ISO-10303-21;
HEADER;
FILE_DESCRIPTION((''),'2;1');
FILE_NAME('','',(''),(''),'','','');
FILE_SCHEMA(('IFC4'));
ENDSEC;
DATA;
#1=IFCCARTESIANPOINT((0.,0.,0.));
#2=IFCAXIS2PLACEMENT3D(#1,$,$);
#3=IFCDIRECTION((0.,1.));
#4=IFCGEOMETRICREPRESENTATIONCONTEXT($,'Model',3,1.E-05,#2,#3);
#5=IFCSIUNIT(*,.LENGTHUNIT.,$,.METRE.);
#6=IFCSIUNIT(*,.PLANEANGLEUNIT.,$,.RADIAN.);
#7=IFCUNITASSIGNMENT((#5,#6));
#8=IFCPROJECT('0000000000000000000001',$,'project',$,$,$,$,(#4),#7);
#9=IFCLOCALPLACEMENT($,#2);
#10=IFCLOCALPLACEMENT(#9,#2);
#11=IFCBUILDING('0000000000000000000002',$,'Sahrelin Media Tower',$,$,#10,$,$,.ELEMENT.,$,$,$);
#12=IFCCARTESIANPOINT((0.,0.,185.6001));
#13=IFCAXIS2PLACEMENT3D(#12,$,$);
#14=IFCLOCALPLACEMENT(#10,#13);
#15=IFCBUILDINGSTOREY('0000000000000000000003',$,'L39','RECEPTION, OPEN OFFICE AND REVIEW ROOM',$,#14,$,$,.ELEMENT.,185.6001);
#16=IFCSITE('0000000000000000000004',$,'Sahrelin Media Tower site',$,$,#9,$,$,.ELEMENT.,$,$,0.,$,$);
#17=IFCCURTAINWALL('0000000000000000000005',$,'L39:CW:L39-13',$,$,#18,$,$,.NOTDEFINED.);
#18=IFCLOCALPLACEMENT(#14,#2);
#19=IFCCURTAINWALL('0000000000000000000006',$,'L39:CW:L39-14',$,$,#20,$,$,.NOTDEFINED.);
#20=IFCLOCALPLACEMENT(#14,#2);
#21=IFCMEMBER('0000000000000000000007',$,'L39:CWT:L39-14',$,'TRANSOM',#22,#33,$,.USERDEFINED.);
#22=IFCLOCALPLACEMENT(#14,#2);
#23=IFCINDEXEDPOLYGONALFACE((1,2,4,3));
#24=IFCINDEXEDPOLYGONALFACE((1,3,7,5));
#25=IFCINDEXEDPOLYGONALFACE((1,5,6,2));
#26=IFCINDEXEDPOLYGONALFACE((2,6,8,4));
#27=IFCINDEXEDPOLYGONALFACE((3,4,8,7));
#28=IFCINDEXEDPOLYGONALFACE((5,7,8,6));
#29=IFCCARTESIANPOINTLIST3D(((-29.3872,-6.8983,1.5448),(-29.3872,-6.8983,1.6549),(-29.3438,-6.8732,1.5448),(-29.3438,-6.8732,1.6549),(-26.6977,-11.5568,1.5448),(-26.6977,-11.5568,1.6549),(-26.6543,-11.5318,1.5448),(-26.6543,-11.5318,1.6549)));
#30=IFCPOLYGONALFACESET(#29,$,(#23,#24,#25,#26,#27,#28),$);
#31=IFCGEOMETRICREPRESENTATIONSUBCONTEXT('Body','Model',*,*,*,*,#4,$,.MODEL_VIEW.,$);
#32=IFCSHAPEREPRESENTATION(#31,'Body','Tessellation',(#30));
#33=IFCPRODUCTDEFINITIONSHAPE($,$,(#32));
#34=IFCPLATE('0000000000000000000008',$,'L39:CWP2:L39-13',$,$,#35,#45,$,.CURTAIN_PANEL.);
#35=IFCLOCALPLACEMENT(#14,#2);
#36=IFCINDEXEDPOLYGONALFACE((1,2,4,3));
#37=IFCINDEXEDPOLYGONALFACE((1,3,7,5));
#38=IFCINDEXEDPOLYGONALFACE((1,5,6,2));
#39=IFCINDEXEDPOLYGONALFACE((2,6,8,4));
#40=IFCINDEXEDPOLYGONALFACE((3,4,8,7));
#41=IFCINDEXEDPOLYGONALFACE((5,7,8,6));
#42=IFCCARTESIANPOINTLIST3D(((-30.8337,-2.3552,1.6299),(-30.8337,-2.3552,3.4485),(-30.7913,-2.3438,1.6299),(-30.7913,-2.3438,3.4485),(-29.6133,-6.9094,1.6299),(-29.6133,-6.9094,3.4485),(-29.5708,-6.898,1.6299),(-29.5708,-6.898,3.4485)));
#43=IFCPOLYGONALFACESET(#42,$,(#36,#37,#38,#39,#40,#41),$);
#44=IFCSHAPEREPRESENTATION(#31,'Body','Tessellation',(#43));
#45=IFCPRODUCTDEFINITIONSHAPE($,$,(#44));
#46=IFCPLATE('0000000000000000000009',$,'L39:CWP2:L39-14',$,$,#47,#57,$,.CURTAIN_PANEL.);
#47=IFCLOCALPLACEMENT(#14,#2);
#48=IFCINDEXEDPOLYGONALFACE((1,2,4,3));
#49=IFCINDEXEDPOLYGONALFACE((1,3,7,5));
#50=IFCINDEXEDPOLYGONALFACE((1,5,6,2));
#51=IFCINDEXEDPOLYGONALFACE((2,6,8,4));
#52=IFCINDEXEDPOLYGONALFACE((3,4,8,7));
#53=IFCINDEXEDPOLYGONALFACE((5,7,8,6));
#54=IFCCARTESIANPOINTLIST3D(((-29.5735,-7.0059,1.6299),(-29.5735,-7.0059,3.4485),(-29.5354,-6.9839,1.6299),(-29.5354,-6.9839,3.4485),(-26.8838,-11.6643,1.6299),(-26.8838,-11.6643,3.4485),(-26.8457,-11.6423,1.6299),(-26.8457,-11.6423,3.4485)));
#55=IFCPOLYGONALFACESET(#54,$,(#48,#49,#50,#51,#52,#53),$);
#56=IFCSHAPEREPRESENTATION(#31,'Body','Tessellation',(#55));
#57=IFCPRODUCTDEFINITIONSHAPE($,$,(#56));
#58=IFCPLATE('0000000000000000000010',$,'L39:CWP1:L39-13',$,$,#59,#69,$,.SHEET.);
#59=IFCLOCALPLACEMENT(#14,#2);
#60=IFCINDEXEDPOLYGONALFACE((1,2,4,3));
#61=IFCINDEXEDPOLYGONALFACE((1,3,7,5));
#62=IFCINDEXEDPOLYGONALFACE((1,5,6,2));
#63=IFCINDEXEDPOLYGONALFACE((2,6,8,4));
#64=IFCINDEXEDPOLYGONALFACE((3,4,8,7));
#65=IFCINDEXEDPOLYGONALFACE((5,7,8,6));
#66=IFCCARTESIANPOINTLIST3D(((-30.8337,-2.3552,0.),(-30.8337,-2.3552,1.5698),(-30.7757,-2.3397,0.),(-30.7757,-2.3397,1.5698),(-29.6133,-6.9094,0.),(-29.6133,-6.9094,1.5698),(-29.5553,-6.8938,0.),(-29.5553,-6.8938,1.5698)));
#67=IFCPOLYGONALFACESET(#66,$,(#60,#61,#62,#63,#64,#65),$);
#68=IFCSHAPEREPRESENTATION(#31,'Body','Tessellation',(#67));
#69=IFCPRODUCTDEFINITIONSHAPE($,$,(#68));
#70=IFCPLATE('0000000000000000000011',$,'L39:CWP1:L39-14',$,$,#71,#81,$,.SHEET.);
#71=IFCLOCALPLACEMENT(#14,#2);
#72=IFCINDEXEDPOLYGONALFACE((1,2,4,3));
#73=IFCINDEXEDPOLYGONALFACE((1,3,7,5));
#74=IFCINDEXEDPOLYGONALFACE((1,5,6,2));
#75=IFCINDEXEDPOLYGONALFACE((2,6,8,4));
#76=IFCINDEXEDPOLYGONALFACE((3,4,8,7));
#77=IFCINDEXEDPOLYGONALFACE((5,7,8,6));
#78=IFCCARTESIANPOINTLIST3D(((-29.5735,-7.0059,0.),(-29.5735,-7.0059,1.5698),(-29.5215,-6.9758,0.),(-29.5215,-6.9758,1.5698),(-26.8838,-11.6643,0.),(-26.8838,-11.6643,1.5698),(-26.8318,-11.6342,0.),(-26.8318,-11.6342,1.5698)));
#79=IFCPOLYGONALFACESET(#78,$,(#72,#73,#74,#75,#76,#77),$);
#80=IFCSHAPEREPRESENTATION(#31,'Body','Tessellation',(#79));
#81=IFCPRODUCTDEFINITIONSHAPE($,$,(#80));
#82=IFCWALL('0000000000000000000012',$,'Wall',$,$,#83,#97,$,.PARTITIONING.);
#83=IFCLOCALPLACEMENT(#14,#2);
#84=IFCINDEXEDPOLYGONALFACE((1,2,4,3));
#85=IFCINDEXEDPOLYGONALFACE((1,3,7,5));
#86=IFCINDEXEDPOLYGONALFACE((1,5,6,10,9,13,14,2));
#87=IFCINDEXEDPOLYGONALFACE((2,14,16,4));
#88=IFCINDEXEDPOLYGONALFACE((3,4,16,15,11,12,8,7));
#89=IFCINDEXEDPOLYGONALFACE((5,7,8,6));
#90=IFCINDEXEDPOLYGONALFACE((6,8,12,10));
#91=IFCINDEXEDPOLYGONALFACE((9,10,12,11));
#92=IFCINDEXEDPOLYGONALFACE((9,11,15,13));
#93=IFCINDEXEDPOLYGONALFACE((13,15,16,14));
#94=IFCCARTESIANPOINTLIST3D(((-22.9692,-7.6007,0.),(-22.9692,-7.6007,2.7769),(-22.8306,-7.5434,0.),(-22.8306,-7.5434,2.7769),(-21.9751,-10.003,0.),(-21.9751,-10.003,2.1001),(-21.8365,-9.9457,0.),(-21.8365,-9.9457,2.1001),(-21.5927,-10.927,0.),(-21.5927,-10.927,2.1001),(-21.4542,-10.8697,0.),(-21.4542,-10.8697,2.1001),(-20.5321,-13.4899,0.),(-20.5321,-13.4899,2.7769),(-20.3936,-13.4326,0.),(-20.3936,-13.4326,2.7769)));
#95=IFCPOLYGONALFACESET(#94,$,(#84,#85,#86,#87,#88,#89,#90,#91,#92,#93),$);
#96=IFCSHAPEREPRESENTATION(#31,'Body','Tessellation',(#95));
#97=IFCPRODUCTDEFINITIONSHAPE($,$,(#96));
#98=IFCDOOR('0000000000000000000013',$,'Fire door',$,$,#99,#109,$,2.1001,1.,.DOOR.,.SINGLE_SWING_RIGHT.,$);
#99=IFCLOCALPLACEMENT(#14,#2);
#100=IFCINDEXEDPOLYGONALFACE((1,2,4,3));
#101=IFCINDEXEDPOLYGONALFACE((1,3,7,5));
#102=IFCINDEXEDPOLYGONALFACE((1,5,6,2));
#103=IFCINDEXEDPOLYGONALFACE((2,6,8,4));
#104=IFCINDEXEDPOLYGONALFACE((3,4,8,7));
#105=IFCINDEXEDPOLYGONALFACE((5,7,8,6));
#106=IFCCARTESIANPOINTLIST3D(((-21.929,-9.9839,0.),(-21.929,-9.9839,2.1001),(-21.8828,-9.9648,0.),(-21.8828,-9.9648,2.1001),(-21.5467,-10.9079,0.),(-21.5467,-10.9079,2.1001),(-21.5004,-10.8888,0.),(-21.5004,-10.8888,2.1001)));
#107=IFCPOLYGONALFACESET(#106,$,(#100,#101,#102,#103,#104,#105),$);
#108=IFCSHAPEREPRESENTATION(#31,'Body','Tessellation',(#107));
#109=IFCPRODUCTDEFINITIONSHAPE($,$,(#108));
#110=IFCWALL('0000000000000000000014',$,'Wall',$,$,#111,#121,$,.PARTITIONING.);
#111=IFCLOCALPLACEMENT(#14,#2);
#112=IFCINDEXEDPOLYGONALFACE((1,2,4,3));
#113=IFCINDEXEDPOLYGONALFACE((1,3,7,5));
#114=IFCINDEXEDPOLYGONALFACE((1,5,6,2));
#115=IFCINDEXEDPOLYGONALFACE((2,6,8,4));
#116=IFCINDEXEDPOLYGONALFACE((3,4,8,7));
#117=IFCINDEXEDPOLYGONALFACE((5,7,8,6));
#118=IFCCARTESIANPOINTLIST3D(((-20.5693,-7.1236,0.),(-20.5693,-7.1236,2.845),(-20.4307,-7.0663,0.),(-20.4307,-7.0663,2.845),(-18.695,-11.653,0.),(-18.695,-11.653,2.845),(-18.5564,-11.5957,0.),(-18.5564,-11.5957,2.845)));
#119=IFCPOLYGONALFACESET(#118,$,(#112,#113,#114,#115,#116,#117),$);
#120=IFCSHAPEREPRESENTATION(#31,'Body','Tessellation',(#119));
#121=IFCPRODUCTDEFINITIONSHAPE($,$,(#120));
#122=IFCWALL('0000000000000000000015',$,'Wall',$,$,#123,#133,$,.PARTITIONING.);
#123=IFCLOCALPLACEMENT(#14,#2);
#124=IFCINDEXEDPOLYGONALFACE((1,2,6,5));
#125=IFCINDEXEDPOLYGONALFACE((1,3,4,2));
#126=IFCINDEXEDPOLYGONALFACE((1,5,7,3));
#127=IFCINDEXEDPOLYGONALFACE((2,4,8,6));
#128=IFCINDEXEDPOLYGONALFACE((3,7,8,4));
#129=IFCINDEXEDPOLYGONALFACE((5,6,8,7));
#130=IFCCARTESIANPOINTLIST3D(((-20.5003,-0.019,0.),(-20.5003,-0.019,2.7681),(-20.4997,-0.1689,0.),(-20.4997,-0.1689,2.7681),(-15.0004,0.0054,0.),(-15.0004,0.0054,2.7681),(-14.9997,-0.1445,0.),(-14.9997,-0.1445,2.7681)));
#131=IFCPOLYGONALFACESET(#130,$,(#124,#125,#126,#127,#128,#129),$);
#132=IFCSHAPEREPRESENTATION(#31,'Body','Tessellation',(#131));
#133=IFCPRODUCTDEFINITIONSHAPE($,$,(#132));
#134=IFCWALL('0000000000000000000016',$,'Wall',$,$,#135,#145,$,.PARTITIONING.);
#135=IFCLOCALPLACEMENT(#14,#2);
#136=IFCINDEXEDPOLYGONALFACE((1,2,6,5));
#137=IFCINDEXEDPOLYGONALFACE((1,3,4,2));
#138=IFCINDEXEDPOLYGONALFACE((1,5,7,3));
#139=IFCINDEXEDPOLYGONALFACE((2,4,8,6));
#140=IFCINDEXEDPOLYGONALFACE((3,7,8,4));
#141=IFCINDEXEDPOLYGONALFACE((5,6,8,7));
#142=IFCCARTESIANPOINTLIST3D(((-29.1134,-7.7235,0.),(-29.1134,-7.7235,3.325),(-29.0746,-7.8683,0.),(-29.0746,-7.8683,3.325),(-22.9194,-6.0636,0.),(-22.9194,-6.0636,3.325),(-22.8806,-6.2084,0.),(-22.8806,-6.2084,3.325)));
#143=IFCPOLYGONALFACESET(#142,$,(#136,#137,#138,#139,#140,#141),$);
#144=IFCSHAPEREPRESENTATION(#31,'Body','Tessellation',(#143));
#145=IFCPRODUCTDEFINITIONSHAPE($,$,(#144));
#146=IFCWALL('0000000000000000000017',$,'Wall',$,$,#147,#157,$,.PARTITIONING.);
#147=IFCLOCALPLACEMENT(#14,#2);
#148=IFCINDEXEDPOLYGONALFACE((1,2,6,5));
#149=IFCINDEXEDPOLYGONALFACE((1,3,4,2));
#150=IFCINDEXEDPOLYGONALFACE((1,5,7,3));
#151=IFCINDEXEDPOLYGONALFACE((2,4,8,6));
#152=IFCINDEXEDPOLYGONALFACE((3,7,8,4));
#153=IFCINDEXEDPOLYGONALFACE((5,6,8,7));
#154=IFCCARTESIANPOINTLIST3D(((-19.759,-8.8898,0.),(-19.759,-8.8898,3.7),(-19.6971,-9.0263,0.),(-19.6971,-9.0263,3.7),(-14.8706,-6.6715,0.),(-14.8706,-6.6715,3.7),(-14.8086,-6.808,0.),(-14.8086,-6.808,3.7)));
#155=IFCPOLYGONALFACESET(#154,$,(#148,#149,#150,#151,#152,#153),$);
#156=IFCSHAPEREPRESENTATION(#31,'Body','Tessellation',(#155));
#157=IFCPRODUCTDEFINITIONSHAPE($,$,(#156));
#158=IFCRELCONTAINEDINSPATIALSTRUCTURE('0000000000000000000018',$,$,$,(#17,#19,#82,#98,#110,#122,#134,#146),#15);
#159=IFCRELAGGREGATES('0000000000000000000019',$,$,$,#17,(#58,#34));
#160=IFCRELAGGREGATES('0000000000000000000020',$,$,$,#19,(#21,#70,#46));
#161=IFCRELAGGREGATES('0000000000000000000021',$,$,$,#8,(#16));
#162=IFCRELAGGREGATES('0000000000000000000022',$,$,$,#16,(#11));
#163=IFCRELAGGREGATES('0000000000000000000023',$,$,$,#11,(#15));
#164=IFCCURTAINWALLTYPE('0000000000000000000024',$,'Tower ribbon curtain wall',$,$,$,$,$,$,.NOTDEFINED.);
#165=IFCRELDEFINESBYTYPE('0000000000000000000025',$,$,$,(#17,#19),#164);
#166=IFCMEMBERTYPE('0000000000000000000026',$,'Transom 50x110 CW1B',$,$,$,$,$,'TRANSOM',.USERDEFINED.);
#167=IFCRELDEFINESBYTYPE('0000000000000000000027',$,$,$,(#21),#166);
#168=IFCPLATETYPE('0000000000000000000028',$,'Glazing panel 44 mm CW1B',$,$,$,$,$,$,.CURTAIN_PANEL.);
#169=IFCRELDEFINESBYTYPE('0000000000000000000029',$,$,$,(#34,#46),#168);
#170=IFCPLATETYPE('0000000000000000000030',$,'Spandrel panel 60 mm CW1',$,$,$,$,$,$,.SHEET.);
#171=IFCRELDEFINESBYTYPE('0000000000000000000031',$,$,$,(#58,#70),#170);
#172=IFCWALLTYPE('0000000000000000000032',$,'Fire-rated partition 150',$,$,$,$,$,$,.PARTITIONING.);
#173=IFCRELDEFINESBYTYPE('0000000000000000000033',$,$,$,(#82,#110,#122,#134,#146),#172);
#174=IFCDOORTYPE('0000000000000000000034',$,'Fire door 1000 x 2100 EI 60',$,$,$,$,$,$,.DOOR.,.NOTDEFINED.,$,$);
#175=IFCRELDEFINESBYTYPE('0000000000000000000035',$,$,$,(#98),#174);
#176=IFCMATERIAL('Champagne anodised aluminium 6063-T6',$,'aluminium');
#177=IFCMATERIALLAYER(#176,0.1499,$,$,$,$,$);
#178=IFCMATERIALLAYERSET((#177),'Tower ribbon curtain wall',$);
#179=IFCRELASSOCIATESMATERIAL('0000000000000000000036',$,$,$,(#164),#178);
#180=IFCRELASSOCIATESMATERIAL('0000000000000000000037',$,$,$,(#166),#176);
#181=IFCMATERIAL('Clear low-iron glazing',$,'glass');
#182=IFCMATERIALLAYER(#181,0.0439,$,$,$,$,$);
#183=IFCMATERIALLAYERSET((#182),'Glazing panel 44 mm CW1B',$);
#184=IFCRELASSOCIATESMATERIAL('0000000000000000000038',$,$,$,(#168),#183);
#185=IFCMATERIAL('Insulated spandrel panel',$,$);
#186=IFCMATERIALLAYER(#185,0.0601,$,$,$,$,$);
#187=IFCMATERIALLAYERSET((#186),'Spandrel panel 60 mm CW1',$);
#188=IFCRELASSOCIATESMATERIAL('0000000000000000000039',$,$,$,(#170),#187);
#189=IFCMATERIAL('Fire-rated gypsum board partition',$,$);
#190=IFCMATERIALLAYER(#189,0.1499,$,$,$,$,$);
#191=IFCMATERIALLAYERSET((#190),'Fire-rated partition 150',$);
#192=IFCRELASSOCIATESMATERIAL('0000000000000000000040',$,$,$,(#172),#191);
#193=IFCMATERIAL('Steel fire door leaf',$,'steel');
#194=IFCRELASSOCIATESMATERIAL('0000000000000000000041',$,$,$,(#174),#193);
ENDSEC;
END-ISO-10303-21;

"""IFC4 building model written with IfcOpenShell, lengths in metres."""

from ifc_helpers import new_model, si_unit, direction, frame, frame_2d, origin, origin_2d, place, context, subcontext, project, spatial, polyline, rectangle, outline, extrude, material, layer, layer_set, material_profile, profile_set, type_object, element, fill, aggregate, save


model = new_model("IFC4")

# Units and contexts
model_context = context("Model", 3, precision=1e-05, world=origin(), true_north=direction((0.0, 1.0)))
body_context = subcontext(model_context, "Body", "Model", "MODEL_VIEW")
ifc_project = project(units=[si_unit("LENGTHUNIT", "METRE"), si_unit("PLANEANGLEUNIT", "RADIAN")], contexts=[model_context])

# Site, building, storey
site_placement = place(None, origin())
site = spatial("IfcSite", under=ifc_project, at=site_placement, Name="Sahrelin Media Tower site", CompositionType="ELEMENT", RefElevation=0.0)
building_placement = place(site_placement, origin())
building = spatial("IfcBuilding", under=site, at=building_placement, Name="Sahrelin Media Tower", CompositionType="ELEMENT")
storey_placement = place(building_placement, frame((0.0, 0.0, 185.6001)))
storey = spatial("IfcBuildingStorey", under=building, at=storey_placement, Name="L39", Description="RECEPTION, OPEN OFFICE AND REVIEW ROOM", CompositionType="ELEMENT", Elevation=185.6001)

# Curtain wall
ifc_material_1 = material(Name="Champagne anodised aluminium 6063-T6", Category="aluminium")
ifc_layer_1 = layer(ifc_material_1, 0.1499)
ifc_layer_set_1 = layer_set([ifc_layer_1], Name="Tower ribbon curtain wall")
curtain_wall_type = type_object("IfcCurtainWallType", Name="Tower ribbon curtain wall", PredefinedType="NOTDEFINED", material=ifc_layer_set_1)
curtain_wall_1_placement = place(storey_placement, frame((-30.2041, -4.6272, 0.0), z_axis=(0.0, 0.0, 1.0), x_axis=(1.0, 0.0, 0.0)))
curtain_wall_1 = element("IfcCurtainWall", 1, at=curtain_wall_1_placement, inside=storey, type_object=curtain_wall_type, Name="L39:CW:L39-13", PredefinedType="NOTDEFINED")

# Shared definitions
ifc_material_profile_1 = material_profile(ifc_material_1, rectangle(XDim=0.05, YDim=0.1101, at=origin_2d()), Name="Transom 50x110")
ifc_profile_set_1 = profile_set([ifc_material_profile_1], Name="Champagne anodised aluminium 6063-T6")
member_type_1 = type_object("IfcMemberType", Name="Transom 50x110 CW1B", ElementType="TRANSOM", PredefinedType="USERDEFINED", material=ifc_profile_set_1)

# Curtain wall, member
curtain_wall_2_placement = place(storey_placement, frame((-28.2112, -9.325, 0.0), z_axis=(0.0, 0.0, 1.0), x_axis=(1.0, 0.0, 0.0)))
curtain_wall_2 = element("IfcCurtainWall", 2, at=curtain_wall_2_placement, inside=storey, type_object=curtain_wall_type, Name="L39:CW:L39-14", PredefinedType="NOTDEFINED")
member_1_placement = place(storey_placement, frame((-29.3655, -6.8857, 1.5999), z_axis=(0.499986, -0.866034, 0.0), x_axis=(0.866034, 0.499986, 0.0)))
member_1 = element("IfcMember", 3, at=member_1_placement, type_object=member_type_1, Name="L39:CWT:L39-14", ObjectType="TRANSOM", PredefinedType="USERDEFINED", context=body_context, shape_type="SweptSolid", body=[
    extrude(rectangle(XDim=0.05, YDim=0.1101, at=origin_2d()), origin(), (0.0, 0.0, 1.0), 5.3792),
])

# Plates
ifc_material_2 = material(Name="Clear low-iron glazing", Category="glass")
ifc_layer_2 = layer(ifc_material_2, 0.0439)
ifc_layer_set_2 = layer_set([ifc_layer_2], Name="Glazing panel 44 mm CW1B")
plate_type_1 = type_object("IfcPlateType", Name="Glazing panel 44 mm CW1B", PredefinedType="CURTAIN_PANEL", material=ifc_layer_set_2)
plate_1_placement = place(storey_placement, frame((-30.8337, -2.3552, 1.6299), z_axis=(-0.965917, -0.258852, 0.0), x_axis=(0.258852, -0.965917, 0.0)))
plate_1 = element("IfcPlate", 4, at=plate_1_placement, type_object=plate_type_1, Name="L39:CWP2:L39-13", PredefinedType="CURTAIN_PANEL", context=body_context, shape_type="SweptSolid", body=[
    extrude(outline(polyline([(0.0, 0.0), (4.7148, 0.0), (4.7148, 1.8186), (0.0, 1.8186), (0.0, 0.0)])), origin(), (0.0, 0.0, -1.0), 0.0439),
])
plate_2_placement = place(storey_placement, frame((-29.5735, -7.0059, 1.6299), z_axis=(-0.866014, -0.50002, 0.0), x_axis=(0.50002, -0.866014, 0.0)))
plate_2 = element("IfcPlate", 5, at=plate_2_placement, type_object=plate_type_1, Name="L39:CWP2:L39-14", PredefinedType="CURTAIN_PANEL", context=body_context, shape_type="SweptSolid", body=[
    extrude(outline(polyline([(0.0, 0.0), (5.3792, 0.0), (5.3792, 1.8186), (0.0, 1.8186), (0.0, 0.0)])), origin(), (0.0, 0.0, -1.0), 0.0439),
])
ifc_material_3 = material(Name="Insulated spandrel panel")
ifc_layer_3 = layer(ifc_material_3, 0.0601)
ifc_layer_set_3 = layer_set([ifc_layer_3], Name="Spandrel panel 60 mm CW1")
plate_type_2 = type_object("IfcPlateType", Name="Spandrel panel 60 mm CW1", PredefinedType="SHEET", material=ifc_layer_set_3)
plate_3_placement = place(storey_placement, frame((-30.8337, -2.3552, 0.0), z_axis=(-0.965917, -0.258852, 0.0), x_axis=(0.258852, -0.965917, 0.0)))
plate_3 = element("IfcPlate", 6, at=plate_3_placement, type_object=plate_type_2, Name="L39:CWP1:L39-13", PredefinedType="SHEET", context=body_context, shape_type="SweptSolid", body=[
    extrude(outline(polyline([(0.0, 0.0), (4.7148, 0.0), (4.7148, 1.5698), (0.0, 1.5698), (0.0, 0.0)])), origin(), (0.0, 0.0, -1.0), 0.0601),
])
aggregate(curtain_wall_1, [plate_3, plate_1])
plate_4_placement = place(storey_placement, frame((-29.5735, -7.0059, 0.0), z_axis=(-0.866014, -0.50002, 0.0), x_axis=(0.50002, -0.866014, 0.0)))
plate_4 = element("IfcPlate", 7, at=plate_4_placement, type_object=plate_type_2, Name="L39:CWP1:L39-14", PredefinedType="SHEET", context=body_context, shape_type="SweptSolid", body=[
    extrude(outline(polyline([(0.0, 0.0), (5.3792, 0.0), (5.3792, 1.5698), (0.0, 1.5698), (0.0, 0.0)])), origin(), (0.0, 0.0, -1.0), 0.0601),
])
aggregate(curtain_wall_2, [member_1, plate_4, plate_2])

# Wall, opening, door
ifc_material_4 = material(Name="Fire-rated gypsum board partition")
ifc_layer_4 = layer(ifc_material_4, 0.1499)
ifc_layer_set_4 = layer_set([ifc_layer_4], Name="Fire-rated partition 150")
wall_type_1 = type_object("IfcWallType", Name="Fire-rated partition 150", PredefinedType="PARTITIONING", material=ifc_layer_set_4)
wall_1_placement = place(storey_placement, frame((-22.8999, -7.572, 0.0), z_axis=(0.0, 0.0, 1.0), x_axis=(0.382368, -0.92401, 0.0)))
wall_1 = element("IfcWall", 8, at=wall_1_placement, inside=storey, type_object=wall_type_1, Name="Wall", PredefinedType="PARTITIONING", context=body_context, shape_type="SweptSolid", body=[
    extrude(rectangle(XDim=6.3735, YDim=0.1499, at=frame_2d((3.1868, 0.0))), origin(), (0.0, 0.0, 1.0), 2.7769),
])
opening_1_placement = place(wall_1_placement, frame((2.5999, 0.0, 0.0)))
opening_1 = element("IfcOpeningElement", 9, at=opening_1_placement, cuts=wall_1, PredefinedType="OPENING", context=body_context, shape_type="SweptSolid", body=[
    extrude(rectangle(XDim=1.0, YDim=2.1001, at=frame_2d((0.5, 1.05))), frame((0.0, 0.075, 0.0), z_axis=(0.0, -1.0, 0.0), x_axis=(1.0, 0.0, 0.0)), (0.0, 0.0, 1.0), 0.1499),
])
ifc_material_5 = material(Name="Steel fire door leaf", Category="steel")
door_type_1 = type_object("IfcDoorType", Name="Fire door 1000 x 2100 EI 60", OperationType="NOTDEFINED", PredefinedType="DOOR", material=ifc_material_5)
door_1_placement = place(opening_1_placement, origin())
door_1 = element("IfcDoor", 10, at=door_1_placement, inside=storey, type_object=door_type_1, Name="Fire door", OperationType="SINGLE_SWING_RIGHT", OverallHeight=2.1001, OverallWidth=1.0, PredefinedType="DOOR", context=body_context, shape_type="SweptSolid", body=[
    extrude(rectangle(XDim=1.0, YDim=2.1001, at=frame_2d((0.5, 1.05))), frame((0.0, 0.0249, 0.0), z_axis=(0.0, -1.0, 0.0), x_axis=(1.0, 0.0, 0.0)), (0.0, 0.0, 1.0), 0.05),
])
fill(opening_1, door_1)

# Walls
wall_2_placement = place(storey_placement, frame((-20.5, -7.095, 0.0), z_axis=(0.0, 0.0, 1.0), x_axis=(0.382365, -0.924011, 0.0)))
element("IfcWall", 11, at=wall_2_placement, inside=storey, type_object=wall_type_1, Name="Wall", PredefinedType="PARTITIONING", context=body_context, shape_type="SweptSolid", body=[
    extrude(rectangle(XDim=4.9019, YDim=0.1499, at=frame_2d((2.4509, 0.0))), origin(), (0.0, 0.0, 1.0), 2.845),
])
wall_3_placement = place(storey_placement, frame((-20.5, -0.094, 0.0), z_axis=(0.0, 0.0, 1.0), x_axis=(0.99999, 0.004439, 0.0)))
element("IfcWall", 12, at=wall_3_placement, inside=storey, type_object=wall_type_1, Name="Wall", PredefinedType="PARTITIONING", context=body_context, shape_type="SweptSolid", body=[
    extrude(rectangle(XDim=5.5, YDim=0.1499, at=frame_2d((2.75, 0.0))), origin(), (0.0, 0.0, 1.0), 2.7681),
])
wall_4_placement = place(storey_placement, frame((-29.094, -7.7959, 0.0), z_axis=(0.0, 0.0, 1.0), x_axis=(0.965918, 0.25885, 0.0)))
element("IfcWall", 13, at=wall_4_placement, inside=storey, type_object=wall_type_1, Name="Wall", PredefinedType="PARTITIONING", context=body_context, shape_type="SweptSolid", body=[
    extrude(rectangle(XDim=6.4126, YDim=0.1499, at=frame_2d((3.2063, 0.0))), origin(), (0.0, 0.0, 1.0), 3.325),
])
wall_5_placement = place(storey_placement, frame((-19.728, -8.958, 0.0), z_axis=(0.0, 0.0, 1.0), x_axis=(0.91063, 0.413224, 0.0)))
element("IfcWall", 14, at=wall_5_placement, inside=storey, type_object=wall_type_1, Name="Wall", PredefinedType="PARTITIONING", context=body_context, shape_type="SweptSolid", body=[
    extrude(rectangle(XDim=5.3682, YDim=0.1499, at=frame_2d((2.6841, 0.0))), origin(), (0.0, 0.0, 1.0), 3.7),
])

save(model, "model.ifc")
